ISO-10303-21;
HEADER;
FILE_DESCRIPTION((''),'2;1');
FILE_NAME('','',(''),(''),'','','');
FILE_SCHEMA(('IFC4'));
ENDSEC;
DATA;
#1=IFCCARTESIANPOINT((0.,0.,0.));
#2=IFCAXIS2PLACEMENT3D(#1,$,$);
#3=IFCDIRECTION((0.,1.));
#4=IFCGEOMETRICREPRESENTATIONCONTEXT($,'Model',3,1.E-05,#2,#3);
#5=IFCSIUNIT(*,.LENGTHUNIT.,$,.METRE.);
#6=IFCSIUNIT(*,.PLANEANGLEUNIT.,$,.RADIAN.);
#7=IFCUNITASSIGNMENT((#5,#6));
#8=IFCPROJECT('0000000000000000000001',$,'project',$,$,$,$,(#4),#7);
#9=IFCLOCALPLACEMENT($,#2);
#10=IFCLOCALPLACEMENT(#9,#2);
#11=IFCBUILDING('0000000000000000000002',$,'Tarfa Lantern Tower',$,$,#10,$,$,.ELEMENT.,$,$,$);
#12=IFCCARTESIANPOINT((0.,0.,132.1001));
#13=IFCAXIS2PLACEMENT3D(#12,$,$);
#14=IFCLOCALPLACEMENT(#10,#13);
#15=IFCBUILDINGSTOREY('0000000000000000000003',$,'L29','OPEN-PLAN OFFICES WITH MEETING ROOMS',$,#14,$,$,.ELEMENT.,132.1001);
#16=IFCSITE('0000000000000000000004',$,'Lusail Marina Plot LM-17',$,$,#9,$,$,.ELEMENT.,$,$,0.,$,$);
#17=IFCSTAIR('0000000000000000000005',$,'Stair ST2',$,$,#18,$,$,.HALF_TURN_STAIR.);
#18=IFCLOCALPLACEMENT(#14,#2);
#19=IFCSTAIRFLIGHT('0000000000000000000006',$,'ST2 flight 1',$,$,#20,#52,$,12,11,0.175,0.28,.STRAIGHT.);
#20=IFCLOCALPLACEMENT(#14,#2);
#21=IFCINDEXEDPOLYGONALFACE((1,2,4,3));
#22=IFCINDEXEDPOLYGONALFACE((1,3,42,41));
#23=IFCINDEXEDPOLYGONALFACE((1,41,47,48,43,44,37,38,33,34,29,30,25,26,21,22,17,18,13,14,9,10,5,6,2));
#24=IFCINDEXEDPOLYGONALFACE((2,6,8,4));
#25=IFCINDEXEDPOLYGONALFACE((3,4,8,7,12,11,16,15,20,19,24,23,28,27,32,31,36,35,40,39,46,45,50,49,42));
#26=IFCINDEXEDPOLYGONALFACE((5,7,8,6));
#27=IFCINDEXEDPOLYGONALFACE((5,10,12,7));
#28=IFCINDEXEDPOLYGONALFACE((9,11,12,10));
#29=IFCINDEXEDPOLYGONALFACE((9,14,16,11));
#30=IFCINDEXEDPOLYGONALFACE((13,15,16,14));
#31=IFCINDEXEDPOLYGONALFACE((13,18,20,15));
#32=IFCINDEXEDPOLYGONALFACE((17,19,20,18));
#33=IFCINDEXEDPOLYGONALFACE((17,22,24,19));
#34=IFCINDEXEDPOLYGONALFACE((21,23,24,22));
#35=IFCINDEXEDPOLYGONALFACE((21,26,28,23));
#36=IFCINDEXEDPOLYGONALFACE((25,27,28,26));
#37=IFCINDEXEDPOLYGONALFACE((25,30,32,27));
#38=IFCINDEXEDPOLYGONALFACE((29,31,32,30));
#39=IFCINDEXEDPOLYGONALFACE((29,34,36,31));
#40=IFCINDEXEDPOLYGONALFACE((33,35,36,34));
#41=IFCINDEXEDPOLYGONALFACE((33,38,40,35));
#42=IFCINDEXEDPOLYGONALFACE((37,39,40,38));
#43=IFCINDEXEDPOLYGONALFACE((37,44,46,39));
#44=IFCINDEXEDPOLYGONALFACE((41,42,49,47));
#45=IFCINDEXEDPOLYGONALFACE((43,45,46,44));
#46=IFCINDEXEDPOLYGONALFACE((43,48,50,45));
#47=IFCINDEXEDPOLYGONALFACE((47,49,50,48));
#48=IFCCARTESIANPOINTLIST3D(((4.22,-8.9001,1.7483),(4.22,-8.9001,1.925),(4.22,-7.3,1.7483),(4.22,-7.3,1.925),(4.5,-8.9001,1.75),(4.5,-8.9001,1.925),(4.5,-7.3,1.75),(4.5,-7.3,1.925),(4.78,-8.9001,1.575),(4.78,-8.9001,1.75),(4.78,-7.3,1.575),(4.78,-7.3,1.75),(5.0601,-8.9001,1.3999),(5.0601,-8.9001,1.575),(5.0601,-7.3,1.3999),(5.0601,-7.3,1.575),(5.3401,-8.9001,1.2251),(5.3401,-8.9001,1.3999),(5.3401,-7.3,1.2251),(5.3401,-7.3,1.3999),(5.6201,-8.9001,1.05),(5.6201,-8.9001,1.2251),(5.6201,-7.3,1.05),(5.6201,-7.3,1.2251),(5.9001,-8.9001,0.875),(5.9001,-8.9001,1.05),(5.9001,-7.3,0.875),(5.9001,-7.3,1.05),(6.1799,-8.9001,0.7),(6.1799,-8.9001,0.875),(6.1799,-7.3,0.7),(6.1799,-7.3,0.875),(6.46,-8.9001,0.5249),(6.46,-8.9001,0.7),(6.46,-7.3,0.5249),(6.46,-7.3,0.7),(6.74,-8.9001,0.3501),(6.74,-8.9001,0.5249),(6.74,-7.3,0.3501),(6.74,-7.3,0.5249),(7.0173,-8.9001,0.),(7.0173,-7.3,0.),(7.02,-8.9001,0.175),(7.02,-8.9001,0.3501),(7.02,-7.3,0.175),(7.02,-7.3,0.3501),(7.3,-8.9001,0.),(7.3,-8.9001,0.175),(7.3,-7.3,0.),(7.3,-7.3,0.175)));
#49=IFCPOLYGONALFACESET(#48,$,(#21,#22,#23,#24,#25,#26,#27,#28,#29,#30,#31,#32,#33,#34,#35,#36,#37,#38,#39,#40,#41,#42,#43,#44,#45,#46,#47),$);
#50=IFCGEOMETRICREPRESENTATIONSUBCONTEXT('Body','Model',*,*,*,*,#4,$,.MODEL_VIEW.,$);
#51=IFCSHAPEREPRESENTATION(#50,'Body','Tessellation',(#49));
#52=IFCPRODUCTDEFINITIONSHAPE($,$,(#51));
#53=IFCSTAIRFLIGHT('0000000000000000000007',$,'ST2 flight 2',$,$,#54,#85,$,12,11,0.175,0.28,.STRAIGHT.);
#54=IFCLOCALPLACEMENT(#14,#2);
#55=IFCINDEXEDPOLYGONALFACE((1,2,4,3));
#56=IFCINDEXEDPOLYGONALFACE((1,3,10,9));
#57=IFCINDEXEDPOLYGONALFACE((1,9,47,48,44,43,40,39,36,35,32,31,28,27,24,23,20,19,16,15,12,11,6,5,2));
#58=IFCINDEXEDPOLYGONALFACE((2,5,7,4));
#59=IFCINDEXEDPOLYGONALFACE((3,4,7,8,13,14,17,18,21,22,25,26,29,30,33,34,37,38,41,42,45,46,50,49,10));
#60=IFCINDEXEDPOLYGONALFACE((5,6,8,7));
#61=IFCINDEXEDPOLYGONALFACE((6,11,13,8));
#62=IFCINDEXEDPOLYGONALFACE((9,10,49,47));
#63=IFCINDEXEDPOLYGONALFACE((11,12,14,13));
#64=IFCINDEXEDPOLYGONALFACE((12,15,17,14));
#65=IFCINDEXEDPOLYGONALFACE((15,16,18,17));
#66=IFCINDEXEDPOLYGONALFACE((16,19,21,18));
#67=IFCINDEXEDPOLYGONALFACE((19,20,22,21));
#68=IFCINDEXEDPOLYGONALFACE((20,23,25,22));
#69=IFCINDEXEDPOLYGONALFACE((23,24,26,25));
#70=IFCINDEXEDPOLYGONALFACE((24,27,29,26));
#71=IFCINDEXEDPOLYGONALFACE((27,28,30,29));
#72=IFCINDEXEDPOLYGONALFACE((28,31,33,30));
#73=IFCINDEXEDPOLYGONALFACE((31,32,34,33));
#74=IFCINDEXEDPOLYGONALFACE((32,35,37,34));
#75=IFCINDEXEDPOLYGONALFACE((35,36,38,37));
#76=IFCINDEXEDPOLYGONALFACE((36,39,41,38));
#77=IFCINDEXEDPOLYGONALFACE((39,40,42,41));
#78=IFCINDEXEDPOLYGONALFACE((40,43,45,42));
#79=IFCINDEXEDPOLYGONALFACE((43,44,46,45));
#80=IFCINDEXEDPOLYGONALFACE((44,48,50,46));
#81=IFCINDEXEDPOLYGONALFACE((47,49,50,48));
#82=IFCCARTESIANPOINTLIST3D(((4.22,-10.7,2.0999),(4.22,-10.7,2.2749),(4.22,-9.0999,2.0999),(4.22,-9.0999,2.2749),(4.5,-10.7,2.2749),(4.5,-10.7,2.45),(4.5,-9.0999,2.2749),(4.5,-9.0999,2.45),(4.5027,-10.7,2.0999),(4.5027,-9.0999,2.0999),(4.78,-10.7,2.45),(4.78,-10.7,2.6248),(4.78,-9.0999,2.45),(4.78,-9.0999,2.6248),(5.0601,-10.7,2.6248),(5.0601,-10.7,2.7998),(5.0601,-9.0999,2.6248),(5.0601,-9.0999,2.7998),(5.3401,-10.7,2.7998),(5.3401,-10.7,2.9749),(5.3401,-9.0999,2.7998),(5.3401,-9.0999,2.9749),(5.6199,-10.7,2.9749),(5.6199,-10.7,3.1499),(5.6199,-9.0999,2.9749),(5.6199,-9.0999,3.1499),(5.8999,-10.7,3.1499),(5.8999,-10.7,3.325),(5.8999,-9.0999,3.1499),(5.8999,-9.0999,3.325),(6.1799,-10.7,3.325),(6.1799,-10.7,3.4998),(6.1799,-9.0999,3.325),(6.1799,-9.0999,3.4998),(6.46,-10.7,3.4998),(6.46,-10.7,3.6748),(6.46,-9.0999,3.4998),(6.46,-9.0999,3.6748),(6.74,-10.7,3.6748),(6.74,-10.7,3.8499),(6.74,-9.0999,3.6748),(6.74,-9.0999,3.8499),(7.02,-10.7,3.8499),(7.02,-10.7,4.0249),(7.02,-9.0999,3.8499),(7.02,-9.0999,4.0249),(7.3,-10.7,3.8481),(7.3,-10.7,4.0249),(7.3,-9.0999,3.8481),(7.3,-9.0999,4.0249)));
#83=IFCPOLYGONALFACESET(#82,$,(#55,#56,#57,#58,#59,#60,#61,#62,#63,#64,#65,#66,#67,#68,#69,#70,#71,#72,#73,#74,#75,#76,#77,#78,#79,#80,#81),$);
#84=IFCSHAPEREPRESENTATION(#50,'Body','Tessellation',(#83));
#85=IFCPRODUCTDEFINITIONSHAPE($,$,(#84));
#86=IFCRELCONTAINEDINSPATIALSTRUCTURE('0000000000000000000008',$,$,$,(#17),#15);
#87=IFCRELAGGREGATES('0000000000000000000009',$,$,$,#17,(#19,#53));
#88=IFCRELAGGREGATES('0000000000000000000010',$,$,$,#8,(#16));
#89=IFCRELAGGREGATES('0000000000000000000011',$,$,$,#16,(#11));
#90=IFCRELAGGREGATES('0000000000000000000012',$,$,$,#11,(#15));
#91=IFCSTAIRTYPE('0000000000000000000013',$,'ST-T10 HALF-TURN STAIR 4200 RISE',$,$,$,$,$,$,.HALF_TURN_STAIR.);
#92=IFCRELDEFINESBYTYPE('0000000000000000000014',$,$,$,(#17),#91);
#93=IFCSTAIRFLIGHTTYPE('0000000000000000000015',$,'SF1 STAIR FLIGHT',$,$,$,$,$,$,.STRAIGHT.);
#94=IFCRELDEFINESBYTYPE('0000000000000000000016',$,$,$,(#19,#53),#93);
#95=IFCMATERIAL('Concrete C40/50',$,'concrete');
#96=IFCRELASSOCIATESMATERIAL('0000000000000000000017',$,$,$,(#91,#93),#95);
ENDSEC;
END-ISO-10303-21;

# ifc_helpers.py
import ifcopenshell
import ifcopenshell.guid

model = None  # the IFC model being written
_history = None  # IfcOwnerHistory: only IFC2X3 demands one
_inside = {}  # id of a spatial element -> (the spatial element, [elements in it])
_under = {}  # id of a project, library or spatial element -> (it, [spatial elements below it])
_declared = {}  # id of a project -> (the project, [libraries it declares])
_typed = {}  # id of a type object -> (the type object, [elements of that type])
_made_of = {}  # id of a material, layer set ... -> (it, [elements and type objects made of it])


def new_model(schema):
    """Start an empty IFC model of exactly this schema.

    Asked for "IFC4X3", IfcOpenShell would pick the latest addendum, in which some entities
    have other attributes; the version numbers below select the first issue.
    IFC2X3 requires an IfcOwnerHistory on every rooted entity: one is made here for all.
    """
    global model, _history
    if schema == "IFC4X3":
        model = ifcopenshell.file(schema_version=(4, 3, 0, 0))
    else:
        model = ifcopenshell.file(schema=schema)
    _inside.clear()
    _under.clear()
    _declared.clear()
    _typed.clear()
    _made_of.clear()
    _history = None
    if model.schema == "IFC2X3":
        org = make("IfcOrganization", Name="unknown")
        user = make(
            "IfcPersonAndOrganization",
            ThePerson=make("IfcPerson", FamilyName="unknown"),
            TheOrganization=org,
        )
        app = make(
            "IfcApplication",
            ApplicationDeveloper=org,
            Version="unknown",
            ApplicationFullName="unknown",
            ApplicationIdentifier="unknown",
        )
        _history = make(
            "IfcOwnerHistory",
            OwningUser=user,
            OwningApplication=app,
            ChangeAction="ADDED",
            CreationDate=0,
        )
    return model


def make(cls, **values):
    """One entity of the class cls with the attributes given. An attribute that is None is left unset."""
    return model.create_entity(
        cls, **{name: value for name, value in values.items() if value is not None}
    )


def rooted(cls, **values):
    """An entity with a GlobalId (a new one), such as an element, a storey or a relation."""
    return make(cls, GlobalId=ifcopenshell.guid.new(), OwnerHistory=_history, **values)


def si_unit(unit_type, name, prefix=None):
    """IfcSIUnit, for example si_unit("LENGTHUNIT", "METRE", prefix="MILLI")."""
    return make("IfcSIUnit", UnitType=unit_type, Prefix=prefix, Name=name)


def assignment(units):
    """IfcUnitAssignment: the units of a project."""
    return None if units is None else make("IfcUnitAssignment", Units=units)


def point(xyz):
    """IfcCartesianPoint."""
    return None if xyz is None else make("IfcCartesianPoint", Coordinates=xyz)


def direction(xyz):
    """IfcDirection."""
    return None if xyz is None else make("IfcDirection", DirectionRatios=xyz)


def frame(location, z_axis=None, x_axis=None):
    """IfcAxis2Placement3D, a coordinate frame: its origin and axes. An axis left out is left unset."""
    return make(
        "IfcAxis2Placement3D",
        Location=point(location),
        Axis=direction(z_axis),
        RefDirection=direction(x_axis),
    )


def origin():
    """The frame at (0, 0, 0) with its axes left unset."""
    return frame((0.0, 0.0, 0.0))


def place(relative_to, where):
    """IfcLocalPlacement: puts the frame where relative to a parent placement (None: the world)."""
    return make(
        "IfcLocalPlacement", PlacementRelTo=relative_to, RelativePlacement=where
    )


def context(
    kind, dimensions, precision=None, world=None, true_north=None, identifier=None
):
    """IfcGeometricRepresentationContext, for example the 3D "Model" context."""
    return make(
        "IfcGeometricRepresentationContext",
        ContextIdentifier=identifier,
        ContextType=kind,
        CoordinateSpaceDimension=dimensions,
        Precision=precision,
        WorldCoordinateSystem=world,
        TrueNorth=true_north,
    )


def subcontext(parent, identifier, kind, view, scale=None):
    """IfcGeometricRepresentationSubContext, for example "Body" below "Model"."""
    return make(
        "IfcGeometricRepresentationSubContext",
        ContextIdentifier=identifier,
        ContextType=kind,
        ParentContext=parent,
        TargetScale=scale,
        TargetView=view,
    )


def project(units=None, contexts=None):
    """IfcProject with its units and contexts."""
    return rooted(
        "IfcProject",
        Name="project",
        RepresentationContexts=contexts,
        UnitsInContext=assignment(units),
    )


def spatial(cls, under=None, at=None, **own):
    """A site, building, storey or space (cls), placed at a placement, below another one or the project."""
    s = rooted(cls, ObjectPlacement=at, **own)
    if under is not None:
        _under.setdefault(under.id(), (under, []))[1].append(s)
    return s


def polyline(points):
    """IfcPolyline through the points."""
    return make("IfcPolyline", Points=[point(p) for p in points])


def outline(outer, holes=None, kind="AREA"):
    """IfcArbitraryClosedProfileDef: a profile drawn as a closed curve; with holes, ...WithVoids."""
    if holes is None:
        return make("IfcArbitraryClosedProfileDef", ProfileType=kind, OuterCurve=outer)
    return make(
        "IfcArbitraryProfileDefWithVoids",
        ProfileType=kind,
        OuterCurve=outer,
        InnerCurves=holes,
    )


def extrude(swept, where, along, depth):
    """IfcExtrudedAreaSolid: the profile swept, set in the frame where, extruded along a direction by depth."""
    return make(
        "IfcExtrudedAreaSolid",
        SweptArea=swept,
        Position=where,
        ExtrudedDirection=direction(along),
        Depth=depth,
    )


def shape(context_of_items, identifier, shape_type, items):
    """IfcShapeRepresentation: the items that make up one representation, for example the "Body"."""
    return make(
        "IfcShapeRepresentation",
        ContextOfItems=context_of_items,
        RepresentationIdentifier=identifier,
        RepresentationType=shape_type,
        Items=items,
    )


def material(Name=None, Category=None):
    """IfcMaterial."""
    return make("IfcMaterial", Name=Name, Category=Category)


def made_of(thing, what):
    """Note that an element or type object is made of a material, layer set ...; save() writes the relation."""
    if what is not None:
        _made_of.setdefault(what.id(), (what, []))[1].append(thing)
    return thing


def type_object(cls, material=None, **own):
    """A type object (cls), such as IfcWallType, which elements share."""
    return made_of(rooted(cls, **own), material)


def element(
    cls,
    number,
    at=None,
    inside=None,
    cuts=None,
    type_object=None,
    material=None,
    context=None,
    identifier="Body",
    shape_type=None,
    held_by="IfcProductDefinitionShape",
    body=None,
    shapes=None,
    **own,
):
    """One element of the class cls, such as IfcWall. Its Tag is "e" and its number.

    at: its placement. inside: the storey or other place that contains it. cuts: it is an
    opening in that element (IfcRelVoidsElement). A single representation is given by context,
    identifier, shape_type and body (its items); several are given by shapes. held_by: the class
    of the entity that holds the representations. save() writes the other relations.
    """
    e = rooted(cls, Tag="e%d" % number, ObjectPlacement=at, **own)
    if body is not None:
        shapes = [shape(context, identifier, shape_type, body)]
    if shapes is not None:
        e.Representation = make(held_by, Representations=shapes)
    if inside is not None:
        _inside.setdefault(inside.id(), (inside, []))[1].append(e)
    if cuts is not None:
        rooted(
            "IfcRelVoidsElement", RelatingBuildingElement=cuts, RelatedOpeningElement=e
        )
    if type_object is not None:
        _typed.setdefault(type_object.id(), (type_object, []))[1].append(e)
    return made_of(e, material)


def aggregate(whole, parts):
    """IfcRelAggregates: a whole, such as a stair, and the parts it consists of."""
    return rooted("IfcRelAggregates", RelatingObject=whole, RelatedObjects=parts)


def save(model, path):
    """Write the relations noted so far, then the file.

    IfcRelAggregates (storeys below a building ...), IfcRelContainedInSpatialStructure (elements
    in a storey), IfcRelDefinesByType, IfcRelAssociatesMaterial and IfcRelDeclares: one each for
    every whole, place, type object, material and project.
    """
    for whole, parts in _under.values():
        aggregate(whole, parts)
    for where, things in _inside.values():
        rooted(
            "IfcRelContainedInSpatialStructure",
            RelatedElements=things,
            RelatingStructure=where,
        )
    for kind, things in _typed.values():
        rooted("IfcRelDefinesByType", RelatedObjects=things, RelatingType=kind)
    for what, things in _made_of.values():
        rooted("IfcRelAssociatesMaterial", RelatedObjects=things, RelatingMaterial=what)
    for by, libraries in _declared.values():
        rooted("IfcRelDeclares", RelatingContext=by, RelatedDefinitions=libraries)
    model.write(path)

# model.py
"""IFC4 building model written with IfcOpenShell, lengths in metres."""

from ifc_helpers import new_model, si_unit, direction, frame, origin, place, context, subcontext, project, spatial, polyline, outline, extrude, material, type_object, element, aggregate, save


model = new_model("IFC4")

# Units and contexts
model_context = context("Model", 3, precision=1e-05, world=origin(), true_north=direction((0.0, 1.0)))
body_context = subcontext(model_context, "Body", "Model", "MODEL_VIEW")
ifc_project = project(units=[si_unit("LENGTHUNIT", "METRE"), si_unit("PLANEANGLEUNIT", "RADIAN")], contexts=[model_context])

# Site, building, storey
site_placement = place(None, origin())
site = spatial("IfcSite", under=ifc_project, at=site_placement, Name="Lusail Marina Plot LM-17", CompositionType="ELEMENT", RefElevation=0.0)
building_placement = place(site_placement, origin())
building = spatial("IfcBuilding", under=site, at=building_placement, Name="Tarfa Lantern Tower", CompositionType="ELEMENT")
storey_placement = place(building_placement, frame((0.0, 0.0, 132.1001)))
storey = spatial("IfcBuildingStorey", under=building, at=storey_placement, Name="L29", Description="OPEN-PLAN OFFICES WITH MEETING ROOMS", CompositionType="ELEMENT", Elevation=132.1001)

# Stair, stair flights
ifc_material_1 = material(Name="Concrete C40/50", Category="concrete")
stair_type = type_object("IfcStairType", Name="ST-T10 HALF-TURN STAIR 4200 RISE", PredefinedType="HALF_TURN_STAIR", material=ifc_material_1)
stair_placement = place(storey_placement, origin())
stair = element("IfcStair", 1, at=stair_placement, inside=storey, type_object=stair_type, Name="Stair ST2", PredefinedType="HALF_TURN_STAIR")
stair_flight_type = type_object("IfcStairFlightType", Name="SF1 STAIR FLIGHT", PredefinedType="STRAIGHT", material=ifc_material_1)
stair_flight_1_placement = place(storey_placement, frame((7.3, -8.1001, 0.0), z_axis=(0.0, 0.0, 1.0), x_axis=(-1.0, 0.0, 0.0)))
stair_flight_1 = element("IfcStairFlight", 2, at=stair_flight_1_placement, type_object=stair_flight_type, Name="ST2 flight 1", NumberOfRisers=12, NumberOfTreads=11, PredefinedType="STRAIGHT", RiserHeight=0.175, TreadLength=0.28, context=body_context, shape_type="SweptSolid", body=[
    extrude(outline(polyline([(0.0, 0.0), (0.0, 0.175), (0.28, 0.175), (0.28, 0.3501), (0.5601, 0.3501), (0.5601, 0.5249), (0.8401, 0.5249), (0.8401, 0.7), (1.1201, 0.7), (1.1201, 0.875), (1.3999, 0.875), (1.3999, 1.05), (1.6799, 1.05), (1.6799, 1.2251), (1.96, 1.2251), (1.96, 1.3999), (2.24, 1.3999), (2.24, 1.575), (2.52, 1.575), (2.52, 1.75), (2.8, 1.75), (2.8, 1.925), (3.0801, 1.925), (3.0801, 2.1001), (3.0801, 1.7483), (0.2827, 0.0), (0.0, 0.0)])), frame((0.0, 0.8, 0.0), z_axis=(0.0, -1.0, 0.0), x_axis=(1.0, 0.0, 0.0)), (0.0, 0.0, 1.0), 1.6001),
])
stair_flight_2_placement = place(storey_placement, frame((4.22, -9.8999, 2.0999), z_axis=(0.0, 0.0, 1.0), x_axis=(1.0, 0.0, 0.0)))
stair_flight_2 = element("IfcStairFlight", 3, at=stair_flight_2_placement, type_object=stair_flight_type, Name="ST2 flight 2", NumberOfRisers=12, NumberOfTreads=11, PredefinedType="STRAIGHT", RiserHeight=0.175, TreadLength=0.28, context=body_context, shape_type="SweptSolid", body=[
    extrude(outline(polyline([(0.0, 0.0), (0.0, 0.175), (0.28, 0.175), (0.28, 0.3501), (0.5601, 0.3501), (0.5601, 0.5249), (0.8401, 0.5249), (0.8401, 0.7), (1.1201, 0.7), (1.1201, 0.875), (1.3999, 0.875), (1.3999, 1.05), (1.6799, 1.05), (1.6799, 1.2251), (1.96, 1.2251), (1.96, 1.3999), (2.24, 1.3999), (2.24, 1.575), (2.52, 1.575), (2.52, 1.75), (2.8, 1.75), (2.8, 1.925), (3.0801, 1.925), (3.0801, 2.1001), (3.0801, 1.7483), (0.2827, 0.0), (0.0, 0.0)])), frame((0.0, 0.8, 0.0), z_axis=(0.0, -1.0, 0.0), x_axis=(1.0, 0.0, 0.0)), (0.0, 0.0, 1.0), 1.6001),
])
aggregate(stair, [stair_flight_1, stair_flight_2])

save(model, "model.ifc")
